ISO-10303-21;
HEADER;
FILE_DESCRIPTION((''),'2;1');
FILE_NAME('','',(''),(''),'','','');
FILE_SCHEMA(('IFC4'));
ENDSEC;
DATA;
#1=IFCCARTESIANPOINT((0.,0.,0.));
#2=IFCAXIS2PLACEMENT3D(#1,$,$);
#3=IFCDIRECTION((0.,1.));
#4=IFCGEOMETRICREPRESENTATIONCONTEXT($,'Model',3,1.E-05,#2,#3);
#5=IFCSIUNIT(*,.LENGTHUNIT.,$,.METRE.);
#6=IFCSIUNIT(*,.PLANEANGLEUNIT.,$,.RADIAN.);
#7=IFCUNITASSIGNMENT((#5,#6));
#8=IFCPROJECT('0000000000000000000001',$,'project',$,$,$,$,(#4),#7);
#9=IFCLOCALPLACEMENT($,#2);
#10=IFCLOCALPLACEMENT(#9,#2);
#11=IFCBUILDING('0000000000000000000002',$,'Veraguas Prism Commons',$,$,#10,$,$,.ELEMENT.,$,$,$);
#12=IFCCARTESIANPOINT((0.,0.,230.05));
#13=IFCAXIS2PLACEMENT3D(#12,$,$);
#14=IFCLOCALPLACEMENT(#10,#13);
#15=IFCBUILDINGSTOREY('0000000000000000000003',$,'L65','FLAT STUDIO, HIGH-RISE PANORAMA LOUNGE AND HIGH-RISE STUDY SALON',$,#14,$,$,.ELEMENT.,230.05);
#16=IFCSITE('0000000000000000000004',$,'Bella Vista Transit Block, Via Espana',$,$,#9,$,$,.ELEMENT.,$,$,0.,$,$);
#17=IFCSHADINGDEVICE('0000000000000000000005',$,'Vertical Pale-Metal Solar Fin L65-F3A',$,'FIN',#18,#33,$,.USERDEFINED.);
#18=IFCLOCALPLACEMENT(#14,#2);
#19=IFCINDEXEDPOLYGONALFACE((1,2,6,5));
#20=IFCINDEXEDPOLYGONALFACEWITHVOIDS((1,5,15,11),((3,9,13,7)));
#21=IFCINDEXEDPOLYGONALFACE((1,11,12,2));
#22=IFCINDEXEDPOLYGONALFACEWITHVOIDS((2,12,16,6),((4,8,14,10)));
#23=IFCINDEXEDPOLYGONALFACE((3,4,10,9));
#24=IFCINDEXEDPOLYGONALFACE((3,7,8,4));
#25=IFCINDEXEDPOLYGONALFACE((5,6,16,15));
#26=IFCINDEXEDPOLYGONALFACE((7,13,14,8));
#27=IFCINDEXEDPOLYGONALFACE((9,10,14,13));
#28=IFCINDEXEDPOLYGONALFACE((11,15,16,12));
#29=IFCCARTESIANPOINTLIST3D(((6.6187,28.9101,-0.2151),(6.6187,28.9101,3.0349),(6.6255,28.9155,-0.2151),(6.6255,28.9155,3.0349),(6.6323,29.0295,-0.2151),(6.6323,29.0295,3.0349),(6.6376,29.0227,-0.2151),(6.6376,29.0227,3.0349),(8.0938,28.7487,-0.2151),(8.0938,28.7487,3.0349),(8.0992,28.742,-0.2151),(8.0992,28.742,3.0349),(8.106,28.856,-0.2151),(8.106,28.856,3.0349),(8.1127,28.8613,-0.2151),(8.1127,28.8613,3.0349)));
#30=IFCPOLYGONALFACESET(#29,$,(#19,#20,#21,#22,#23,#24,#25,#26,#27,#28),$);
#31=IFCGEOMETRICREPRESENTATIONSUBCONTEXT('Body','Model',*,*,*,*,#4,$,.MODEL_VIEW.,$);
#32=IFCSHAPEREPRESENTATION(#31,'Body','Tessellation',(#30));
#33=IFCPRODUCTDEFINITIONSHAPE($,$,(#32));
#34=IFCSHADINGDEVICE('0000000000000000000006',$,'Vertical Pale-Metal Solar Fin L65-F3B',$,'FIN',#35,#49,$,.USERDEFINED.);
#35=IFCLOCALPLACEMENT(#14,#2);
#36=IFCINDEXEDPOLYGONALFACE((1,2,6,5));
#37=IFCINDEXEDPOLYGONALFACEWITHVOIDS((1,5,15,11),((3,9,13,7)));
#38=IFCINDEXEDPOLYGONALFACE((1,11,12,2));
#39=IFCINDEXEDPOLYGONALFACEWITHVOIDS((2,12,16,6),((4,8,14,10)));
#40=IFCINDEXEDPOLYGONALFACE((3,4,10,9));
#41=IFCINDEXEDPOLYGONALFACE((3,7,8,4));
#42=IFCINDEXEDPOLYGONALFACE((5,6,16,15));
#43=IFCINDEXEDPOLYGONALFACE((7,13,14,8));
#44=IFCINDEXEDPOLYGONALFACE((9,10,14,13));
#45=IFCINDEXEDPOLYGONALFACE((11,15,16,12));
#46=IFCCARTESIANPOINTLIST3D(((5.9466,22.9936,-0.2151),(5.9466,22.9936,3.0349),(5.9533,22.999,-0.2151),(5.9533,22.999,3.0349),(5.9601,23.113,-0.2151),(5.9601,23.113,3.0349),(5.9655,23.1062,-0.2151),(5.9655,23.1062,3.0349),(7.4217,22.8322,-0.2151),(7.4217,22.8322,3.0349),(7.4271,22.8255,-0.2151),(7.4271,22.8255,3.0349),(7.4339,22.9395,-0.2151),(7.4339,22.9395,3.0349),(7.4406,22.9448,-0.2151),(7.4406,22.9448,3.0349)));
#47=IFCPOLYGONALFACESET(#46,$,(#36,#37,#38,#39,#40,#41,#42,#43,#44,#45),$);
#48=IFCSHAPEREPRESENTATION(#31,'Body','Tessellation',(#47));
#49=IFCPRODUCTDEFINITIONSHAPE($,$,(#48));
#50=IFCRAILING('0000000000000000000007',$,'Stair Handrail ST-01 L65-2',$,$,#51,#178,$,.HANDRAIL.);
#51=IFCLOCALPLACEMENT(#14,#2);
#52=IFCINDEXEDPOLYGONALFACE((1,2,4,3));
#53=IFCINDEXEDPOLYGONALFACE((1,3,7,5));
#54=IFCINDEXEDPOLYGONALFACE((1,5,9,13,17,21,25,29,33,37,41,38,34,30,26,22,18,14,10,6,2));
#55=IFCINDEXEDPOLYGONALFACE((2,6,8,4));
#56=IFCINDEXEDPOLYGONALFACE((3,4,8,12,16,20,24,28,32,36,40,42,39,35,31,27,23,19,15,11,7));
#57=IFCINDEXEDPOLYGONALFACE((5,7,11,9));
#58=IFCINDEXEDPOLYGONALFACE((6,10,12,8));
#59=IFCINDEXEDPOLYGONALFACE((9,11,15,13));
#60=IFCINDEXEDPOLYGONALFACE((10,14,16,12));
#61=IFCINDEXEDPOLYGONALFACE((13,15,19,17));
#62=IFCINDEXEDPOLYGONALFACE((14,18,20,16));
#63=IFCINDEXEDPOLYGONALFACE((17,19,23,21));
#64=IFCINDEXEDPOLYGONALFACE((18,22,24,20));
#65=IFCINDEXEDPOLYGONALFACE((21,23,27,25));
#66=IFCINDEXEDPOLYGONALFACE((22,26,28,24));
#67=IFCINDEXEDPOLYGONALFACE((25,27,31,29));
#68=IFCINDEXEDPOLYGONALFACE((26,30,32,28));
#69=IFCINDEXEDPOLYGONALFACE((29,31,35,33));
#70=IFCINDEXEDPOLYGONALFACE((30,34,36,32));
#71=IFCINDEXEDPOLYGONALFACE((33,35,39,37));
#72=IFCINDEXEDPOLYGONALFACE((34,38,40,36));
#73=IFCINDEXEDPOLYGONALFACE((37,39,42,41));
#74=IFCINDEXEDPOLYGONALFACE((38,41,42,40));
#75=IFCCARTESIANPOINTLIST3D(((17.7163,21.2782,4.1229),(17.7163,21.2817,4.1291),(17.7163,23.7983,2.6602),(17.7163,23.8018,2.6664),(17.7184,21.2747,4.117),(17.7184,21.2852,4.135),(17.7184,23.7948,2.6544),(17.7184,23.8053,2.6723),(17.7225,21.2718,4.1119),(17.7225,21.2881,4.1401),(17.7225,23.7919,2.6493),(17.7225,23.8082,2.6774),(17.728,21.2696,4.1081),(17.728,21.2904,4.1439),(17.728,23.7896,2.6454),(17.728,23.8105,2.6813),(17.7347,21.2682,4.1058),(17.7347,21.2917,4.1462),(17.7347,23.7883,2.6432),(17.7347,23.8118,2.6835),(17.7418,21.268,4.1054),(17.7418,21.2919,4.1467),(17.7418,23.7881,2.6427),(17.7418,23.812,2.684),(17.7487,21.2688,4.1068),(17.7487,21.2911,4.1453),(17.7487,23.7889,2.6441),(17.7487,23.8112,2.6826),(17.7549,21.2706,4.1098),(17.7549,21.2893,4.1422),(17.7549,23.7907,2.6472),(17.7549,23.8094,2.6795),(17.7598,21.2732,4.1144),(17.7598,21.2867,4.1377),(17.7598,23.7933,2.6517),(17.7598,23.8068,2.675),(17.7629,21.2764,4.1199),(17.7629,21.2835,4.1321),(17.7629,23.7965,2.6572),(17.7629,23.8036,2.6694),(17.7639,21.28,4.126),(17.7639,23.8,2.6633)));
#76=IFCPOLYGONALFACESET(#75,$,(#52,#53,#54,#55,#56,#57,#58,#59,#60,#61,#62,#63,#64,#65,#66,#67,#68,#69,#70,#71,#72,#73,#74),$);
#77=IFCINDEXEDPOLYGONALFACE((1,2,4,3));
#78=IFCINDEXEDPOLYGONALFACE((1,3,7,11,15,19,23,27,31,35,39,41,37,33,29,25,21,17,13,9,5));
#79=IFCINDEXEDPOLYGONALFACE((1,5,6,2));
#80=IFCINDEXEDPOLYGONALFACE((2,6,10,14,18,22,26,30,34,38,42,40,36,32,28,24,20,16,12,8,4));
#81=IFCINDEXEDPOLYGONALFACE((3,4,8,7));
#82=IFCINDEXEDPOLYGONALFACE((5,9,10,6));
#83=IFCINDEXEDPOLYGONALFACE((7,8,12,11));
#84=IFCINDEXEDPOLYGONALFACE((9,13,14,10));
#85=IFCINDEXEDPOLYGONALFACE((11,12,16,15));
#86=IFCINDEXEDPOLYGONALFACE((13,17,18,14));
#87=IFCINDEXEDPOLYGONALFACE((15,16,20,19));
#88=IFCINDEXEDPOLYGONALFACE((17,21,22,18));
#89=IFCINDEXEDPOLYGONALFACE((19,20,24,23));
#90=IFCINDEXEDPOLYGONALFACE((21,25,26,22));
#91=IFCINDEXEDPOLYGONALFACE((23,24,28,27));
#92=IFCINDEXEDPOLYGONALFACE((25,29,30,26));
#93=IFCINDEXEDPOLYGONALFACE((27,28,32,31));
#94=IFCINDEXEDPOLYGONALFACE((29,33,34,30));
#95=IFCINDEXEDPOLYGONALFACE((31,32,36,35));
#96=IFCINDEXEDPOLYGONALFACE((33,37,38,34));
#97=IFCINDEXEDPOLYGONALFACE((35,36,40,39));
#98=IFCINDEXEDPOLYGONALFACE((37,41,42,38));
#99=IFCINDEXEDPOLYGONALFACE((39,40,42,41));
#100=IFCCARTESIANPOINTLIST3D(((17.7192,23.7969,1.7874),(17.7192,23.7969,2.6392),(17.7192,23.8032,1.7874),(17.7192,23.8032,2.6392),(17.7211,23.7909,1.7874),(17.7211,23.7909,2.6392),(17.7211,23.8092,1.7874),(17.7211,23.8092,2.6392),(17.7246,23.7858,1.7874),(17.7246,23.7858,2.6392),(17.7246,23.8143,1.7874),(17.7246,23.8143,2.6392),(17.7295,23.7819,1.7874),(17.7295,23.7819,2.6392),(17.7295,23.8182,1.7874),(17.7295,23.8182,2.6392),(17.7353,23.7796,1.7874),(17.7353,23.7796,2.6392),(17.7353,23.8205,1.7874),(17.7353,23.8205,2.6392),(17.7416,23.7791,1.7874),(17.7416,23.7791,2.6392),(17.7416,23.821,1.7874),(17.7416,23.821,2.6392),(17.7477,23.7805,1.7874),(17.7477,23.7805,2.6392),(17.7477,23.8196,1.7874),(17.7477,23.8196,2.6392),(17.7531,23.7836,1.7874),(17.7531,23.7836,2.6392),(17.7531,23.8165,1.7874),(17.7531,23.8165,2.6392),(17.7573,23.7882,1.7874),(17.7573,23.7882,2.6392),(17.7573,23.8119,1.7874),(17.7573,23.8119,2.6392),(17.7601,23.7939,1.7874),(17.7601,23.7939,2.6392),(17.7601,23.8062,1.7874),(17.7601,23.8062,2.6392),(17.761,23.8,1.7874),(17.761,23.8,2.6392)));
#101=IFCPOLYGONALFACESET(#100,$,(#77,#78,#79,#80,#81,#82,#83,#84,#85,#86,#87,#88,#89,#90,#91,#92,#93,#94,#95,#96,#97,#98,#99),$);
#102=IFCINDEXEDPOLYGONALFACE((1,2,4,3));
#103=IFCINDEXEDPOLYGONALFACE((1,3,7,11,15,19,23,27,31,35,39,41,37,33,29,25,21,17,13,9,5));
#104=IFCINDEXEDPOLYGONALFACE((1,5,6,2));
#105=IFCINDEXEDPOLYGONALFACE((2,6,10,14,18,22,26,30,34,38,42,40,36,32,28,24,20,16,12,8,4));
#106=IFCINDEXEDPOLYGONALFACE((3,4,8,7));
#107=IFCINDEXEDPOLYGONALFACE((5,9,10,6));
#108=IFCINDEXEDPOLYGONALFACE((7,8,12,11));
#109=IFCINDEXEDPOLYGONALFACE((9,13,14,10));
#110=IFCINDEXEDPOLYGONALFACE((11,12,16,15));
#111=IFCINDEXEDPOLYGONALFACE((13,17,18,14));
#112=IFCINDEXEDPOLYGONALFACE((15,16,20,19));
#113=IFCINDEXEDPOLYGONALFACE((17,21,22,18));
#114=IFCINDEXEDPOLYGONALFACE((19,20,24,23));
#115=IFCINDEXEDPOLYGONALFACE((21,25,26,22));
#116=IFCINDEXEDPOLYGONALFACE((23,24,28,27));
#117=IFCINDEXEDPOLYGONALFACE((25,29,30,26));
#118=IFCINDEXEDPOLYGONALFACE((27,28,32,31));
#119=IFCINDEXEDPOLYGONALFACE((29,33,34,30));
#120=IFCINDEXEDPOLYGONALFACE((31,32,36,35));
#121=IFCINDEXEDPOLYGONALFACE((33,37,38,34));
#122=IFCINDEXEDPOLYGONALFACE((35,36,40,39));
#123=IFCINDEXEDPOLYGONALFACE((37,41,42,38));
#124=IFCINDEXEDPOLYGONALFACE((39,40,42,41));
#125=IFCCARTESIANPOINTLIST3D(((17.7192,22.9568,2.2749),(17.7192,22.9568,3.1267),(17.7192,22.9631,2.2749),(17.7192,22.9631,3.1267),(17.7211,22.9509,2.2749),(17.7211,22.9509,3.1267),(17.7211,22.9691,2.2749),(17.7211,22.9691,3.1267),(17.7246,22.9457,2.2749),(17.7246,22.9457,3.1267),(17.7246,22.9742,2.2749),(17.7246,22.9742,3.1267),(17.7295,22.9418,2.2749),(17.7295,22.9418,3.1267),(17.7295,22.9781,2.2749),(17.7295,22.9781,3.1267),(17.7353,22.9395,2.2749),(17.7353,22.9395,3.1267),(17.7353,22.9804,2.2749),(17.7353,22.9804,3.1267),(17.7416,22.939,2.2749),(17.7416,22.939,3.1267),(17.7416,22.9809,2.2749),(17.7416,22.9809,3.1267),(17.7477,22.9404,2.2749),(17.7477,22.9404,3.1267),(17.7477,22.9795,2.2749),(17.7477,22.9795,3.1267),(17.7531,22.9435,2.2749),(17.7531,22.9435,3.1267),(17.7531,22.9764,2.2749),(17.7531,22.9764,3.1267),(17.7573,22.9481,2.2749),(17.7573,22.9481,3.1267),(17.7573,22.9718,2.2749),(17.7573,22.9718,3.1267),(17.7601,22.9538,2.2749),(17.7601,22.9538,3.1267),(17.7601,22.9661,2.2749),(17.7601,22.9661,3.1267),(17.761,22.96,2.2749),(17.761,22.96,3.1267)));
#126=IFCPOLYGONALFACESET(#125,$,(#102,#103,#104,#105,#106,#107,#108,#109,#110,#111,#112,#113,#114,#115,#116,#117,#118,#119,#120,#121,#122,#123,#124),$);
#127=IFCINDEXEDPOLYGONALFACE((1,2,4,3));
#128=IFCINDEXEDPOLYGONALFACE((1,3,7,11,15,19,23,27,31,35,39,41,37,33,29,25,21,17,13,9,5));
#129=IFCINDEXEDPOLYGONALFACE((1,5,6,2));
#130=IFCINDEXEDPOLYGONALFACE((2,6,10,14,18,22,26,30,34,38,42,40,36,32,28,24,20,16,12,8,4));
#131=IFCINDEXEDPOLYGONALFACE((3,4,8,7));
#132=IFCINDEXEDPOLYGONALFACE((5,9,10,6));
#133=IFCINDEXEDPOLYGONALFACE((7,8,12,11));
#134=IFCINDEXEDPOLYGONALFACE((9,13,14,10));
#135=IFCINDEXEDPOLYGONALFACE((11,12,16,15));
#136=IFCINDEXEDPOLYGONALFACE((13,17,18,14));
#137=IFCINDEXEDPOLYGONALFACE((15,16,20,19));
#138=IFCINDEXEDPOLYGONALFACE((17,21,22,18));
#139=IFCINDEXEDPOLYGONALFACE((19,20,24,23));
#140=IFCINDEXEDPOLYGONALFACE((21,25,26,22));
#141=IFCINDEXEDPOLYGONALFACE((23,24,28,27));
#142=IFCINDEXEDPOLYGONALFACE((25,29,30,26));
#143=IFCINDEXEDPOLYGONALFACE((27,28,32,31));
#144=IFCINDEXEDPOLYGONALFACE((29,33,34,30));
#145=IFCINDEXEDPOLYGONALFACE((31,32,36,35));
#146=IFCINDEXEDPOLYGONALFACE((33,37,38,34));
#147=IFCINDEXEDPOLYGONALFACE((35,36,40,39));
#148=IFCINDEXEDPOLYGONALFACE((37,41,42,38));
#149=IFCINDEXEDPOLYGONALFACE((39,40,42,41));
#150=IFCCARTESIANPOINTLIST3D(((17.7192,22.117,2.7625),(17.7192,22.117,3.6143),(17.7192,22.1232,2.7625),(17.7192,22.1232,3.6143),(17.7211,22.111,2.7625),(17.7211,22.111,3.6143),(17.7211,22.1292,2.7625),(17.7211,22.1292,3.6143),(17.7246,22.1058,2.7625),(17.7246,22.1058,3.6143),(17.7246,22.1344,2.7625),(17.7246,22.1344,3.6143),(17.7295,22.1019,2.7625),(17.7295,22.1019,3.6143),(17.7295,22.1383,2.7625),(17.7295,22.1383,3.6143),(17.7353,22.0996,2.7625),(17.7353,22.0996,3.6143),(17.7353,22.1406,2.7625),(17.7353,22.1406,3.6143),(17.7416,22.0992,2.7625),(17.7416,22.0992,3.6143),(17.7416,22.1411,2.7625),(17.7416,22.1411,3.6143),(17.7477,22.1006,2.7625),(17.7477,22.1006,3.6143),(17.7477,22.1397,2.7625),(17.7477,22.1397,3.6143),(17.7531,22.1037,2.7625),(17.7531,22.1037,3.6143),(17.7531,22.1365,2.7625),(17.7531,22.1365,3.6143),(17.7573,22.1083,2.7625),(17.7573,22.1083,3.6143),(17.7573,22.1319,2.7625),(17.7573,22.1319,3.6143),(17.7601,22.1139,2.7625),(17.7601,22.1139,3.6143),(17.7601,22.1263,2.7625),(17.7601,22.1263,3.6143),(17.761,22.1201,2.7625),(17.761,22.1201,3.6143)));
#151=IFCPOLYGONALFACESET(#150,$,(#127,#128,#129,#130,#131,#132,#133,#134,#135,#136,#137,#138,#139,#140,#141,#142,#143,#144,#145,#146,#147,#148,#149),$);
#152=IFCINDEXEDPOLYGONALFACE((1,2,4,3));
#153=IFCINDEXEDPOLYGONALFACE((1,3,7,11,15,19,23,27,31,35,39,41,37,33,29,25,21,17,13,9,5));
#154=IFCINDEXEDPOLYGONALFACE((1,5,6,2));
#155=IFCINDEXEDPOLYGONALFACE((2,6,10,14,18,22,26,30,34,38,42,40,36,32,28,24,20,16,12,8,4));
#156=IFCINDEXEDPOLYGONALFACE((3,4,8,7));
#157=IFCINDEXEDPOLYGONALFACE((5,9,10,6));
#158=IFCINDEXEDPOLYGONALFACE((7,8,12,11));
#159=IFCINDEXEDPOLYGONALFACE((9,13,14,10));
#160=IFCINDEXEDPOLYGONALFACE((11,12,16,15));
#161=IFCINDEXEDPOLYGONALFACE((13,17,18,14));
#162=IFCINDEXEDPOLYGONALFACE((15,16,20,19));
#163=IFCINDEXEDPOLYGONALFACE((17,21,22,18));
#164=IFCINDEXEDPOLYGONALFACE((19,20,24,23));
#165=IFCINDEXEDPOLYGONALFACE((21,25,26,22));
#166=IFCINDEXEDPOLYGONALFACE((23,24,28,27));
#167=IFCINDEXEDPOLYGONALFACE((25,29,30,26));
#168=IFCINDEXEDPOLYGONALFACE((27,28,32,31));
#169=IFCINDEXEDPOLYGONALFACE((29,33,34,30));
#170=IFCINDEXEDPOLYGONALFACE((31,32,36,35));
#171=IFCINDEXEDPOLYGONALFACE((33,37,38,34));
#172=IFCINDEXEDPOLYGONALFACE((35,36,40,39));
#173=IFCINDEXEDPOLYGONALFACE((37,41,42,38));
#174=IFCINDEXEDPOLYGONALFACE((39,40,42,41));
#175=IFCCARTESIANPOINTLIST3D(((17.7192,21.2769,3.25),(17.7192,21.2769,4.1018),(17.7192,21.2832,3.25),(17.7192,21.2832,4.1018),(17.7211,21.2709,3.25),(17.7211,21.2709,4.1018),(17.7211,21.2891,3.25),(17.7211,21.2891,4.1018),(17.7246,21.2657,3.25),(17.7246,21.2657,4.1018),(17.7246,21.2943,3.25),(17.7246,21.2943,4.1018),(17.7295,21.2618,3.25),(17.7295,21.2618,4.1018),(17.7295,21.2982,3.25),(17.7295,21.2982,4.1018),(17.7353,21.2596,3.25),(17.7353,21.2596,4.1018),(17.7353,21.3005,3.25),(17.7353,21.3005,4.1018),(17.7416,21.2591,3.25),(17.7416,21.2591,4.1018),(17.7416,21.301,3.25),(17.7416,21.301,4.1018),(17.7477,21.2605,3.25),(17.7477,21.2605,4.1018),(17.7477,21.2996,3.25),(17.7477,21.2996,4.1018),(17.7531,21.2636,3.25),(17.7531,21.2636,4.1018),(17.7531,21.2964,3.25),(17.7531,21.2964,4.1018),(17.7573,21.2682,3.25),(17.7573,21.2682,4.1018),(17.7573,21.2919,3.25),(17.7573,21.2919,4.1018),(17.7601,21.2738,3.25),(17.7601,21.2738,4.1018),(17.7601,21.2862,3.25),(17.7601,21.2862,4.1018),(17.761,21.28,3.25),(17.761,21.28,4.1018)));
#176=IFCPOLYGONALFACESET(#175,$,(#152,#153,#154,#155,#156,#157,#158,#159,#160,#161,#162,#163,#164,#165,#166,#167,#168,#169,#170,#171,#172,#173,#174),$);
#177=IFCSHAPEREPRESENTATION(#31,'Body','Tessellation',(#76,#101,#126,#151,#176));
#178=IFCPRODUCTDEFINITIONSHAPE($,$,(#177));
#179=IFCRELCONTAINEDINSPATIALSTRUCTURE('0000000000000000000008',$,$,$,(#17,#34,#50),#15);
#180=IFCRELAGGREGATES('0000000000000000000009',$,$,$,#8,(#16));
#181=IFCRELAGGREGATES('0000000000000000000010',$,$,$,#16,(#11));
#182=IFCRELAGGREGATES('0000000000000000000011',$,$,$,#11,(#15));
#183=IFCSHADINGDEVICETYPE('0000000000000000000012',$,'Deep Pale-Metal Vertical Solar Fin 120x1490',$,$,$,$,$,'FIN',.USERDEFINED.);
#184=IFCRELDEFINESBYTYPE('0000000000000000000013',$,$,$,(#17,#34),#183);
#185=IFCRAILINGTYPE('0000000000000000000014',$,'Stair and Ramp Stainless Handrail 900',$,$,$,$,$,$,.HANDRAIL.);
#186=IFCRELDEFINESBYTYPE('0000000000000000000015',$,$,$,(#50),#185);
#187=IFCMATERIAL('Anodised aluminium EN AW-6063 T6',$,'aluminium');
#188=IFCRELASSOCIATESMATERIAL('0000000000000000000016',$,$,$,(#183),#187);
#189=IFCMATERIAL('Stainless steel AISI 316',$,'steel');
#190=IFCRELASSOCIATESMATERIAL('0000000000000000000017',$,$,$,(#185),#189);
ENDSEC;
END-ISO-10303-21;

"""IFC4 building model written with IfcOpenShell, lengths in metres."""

from ifc_helpers import new_model, si_unit, direction, frame, origin, origin_2d, place, context, subcontext, project, spatial, hollow_rectangle, circle, extrude, material, material_profile, profile_set, type_object, element, save


model = new_model("IFC4")

# Units and contexts
model_context = context("Model", 3, precision=1e-05, world=origin(), true_north=direction((0.0, 1.0)))
body_context = subcontext(model_context, "Body", "Model", "MODEL_VIEW")
ifc_project = project(units=[si_unit("LENGTHUNIT", "METRE"), si_unit("PLANEANGLEUNIT", "RADIAN")], contexts=[model_context])

# Site, building, storey
site_placement = place(None, origin())
site = spatial("IfcSite", under=ifc_project, at=site_placement, Name="Bella Vista Transit Block, Via Espana", CompositionType="ELEMENT", RefElevation=0.0)
building_placement = place(site_placement, origin())
building = spatial("IfcBuilding", under=site, at=building_placement, Name="Veraguas Prism Commons", CompositionType="ELEMENT")
storey_placement = place(building_placement, frame((0.0, 0.0, 230.05)))
storey = spatial("IfcBuildingStorey", under=building, at=storey_placement, Name="L65", Description="FLAT STUDIO, HIGH-RISE PANORAMA LOUNGE AND HIGH-RISE STUDY SALON", CompositionType="ELEMENT", Elevation=230.05)

# Shared definitions
ifc_material_1 = material(Name="Anodised aluminium EN AW-6063 T6", Category="aluminium")

# Shading devices
ifc_material_profile_1 = material_profile(ifc_material_1, hollow_rectangle(XDim=0.1201, YDim=1.49, WallThickness=0.0061, at=origin_2d()), Name="FIN120X1490X6")
ifc_profile_set_1 = profile_set([ifc_material_profile_1], Name="Anodised aluminium EN AW-6063 T6")
shading_device_type = type_object("IfcShadingDeviceType", Name="Deep Pale-Metal Vertical Solar Fin 120x1490", ElementType="FIN", PredefinedType="USERDEFINED", material=ifc_profile_set_1)
for number, where, z_axis, x_axis, name in (
    (1, (7.3657, 28.8857, -0.2151), (0.0, 0.0, 1.0), (-0.112862, -0.993611, 0.0), "Vertical Pale-Metal Solar Fin L65-F3A"),
    (2, (6.6936, 22.9692, -0.2151), (0.0, 0.0, 1.0), (-0.112862, -0.993611, 0.0), "Vertical Pale-Metal Solar Fin L65-F3B"),
):
    element("IfcShadingDevice", number, at=place(storey_placement, frame(where, z_axis=z_axis, x_axis=x_axis)), inside=storey, type_object=shading_device_type, Name=name, ObjectType="FIN", PredefinedType="USERDEFINED", context=body_context, shape_type="SweptSolid", body=[
        extrude(hollow_rectangle(XDim=0.1201, YDim=1.49, WallThickness=0.0061, at=origin_2d()), origin(), (0.0, 0.0, 1.0), 3.25),
    ])

# Railing
ifc_material_2 = material(Name="Stainless steel AISI 316", Category="steel")
railing_type_1 = type_object("IfcRailingType", Name="Stair and Ramp Stainless Handrail 900", PredefinedType="HANDRAIL", material=ifc_material_2)
railing_1_placement = place(storey_placement, frame((17.74, 23.8, 1.7874)))
element("IfcRailing", 3, at=railing_1_placement, inside=storey, type_object=railing_type_1, Name="Stair Handrail ST-01 L65-2", PredefinedType="HANDRAIL", context=body_context, shape_type="SweptSolid", body=[
    extrude(circle(Radius=0.0239, at=origin_2d()), frame((0.0, 0.0, 0.876), z_axis=(0.0, -0.864877, 0.501984), x_axis=(1.0, 0.0, 0.0)), (0.0, 0.0, 1.0), 2.9138),
    extrude(circle(Radius=0.021, at=origin_2d()), origin(), (0.0, 0.0, 1.0), 0.8518),
    extrude(circle(Radius=0.021, at=origin_2d()), frame((0.0, -0.8401, 0.4875)), (0.0, 0.0, 1.0), 0.8518),
    extrude(circle(Radius=0.021, at=origin_2d()), frame((0.0, -1.6799, 0.9751)), (0.0, 0.0, 1.0), 0.8518),
    extrude(circle(Radius=0.021, at=origin_2d()), frame((0.0, -2.52, 1.4626)), (0.0, 0.0, 1.0), 0.8518),
])

save(model, "model.ifc")
